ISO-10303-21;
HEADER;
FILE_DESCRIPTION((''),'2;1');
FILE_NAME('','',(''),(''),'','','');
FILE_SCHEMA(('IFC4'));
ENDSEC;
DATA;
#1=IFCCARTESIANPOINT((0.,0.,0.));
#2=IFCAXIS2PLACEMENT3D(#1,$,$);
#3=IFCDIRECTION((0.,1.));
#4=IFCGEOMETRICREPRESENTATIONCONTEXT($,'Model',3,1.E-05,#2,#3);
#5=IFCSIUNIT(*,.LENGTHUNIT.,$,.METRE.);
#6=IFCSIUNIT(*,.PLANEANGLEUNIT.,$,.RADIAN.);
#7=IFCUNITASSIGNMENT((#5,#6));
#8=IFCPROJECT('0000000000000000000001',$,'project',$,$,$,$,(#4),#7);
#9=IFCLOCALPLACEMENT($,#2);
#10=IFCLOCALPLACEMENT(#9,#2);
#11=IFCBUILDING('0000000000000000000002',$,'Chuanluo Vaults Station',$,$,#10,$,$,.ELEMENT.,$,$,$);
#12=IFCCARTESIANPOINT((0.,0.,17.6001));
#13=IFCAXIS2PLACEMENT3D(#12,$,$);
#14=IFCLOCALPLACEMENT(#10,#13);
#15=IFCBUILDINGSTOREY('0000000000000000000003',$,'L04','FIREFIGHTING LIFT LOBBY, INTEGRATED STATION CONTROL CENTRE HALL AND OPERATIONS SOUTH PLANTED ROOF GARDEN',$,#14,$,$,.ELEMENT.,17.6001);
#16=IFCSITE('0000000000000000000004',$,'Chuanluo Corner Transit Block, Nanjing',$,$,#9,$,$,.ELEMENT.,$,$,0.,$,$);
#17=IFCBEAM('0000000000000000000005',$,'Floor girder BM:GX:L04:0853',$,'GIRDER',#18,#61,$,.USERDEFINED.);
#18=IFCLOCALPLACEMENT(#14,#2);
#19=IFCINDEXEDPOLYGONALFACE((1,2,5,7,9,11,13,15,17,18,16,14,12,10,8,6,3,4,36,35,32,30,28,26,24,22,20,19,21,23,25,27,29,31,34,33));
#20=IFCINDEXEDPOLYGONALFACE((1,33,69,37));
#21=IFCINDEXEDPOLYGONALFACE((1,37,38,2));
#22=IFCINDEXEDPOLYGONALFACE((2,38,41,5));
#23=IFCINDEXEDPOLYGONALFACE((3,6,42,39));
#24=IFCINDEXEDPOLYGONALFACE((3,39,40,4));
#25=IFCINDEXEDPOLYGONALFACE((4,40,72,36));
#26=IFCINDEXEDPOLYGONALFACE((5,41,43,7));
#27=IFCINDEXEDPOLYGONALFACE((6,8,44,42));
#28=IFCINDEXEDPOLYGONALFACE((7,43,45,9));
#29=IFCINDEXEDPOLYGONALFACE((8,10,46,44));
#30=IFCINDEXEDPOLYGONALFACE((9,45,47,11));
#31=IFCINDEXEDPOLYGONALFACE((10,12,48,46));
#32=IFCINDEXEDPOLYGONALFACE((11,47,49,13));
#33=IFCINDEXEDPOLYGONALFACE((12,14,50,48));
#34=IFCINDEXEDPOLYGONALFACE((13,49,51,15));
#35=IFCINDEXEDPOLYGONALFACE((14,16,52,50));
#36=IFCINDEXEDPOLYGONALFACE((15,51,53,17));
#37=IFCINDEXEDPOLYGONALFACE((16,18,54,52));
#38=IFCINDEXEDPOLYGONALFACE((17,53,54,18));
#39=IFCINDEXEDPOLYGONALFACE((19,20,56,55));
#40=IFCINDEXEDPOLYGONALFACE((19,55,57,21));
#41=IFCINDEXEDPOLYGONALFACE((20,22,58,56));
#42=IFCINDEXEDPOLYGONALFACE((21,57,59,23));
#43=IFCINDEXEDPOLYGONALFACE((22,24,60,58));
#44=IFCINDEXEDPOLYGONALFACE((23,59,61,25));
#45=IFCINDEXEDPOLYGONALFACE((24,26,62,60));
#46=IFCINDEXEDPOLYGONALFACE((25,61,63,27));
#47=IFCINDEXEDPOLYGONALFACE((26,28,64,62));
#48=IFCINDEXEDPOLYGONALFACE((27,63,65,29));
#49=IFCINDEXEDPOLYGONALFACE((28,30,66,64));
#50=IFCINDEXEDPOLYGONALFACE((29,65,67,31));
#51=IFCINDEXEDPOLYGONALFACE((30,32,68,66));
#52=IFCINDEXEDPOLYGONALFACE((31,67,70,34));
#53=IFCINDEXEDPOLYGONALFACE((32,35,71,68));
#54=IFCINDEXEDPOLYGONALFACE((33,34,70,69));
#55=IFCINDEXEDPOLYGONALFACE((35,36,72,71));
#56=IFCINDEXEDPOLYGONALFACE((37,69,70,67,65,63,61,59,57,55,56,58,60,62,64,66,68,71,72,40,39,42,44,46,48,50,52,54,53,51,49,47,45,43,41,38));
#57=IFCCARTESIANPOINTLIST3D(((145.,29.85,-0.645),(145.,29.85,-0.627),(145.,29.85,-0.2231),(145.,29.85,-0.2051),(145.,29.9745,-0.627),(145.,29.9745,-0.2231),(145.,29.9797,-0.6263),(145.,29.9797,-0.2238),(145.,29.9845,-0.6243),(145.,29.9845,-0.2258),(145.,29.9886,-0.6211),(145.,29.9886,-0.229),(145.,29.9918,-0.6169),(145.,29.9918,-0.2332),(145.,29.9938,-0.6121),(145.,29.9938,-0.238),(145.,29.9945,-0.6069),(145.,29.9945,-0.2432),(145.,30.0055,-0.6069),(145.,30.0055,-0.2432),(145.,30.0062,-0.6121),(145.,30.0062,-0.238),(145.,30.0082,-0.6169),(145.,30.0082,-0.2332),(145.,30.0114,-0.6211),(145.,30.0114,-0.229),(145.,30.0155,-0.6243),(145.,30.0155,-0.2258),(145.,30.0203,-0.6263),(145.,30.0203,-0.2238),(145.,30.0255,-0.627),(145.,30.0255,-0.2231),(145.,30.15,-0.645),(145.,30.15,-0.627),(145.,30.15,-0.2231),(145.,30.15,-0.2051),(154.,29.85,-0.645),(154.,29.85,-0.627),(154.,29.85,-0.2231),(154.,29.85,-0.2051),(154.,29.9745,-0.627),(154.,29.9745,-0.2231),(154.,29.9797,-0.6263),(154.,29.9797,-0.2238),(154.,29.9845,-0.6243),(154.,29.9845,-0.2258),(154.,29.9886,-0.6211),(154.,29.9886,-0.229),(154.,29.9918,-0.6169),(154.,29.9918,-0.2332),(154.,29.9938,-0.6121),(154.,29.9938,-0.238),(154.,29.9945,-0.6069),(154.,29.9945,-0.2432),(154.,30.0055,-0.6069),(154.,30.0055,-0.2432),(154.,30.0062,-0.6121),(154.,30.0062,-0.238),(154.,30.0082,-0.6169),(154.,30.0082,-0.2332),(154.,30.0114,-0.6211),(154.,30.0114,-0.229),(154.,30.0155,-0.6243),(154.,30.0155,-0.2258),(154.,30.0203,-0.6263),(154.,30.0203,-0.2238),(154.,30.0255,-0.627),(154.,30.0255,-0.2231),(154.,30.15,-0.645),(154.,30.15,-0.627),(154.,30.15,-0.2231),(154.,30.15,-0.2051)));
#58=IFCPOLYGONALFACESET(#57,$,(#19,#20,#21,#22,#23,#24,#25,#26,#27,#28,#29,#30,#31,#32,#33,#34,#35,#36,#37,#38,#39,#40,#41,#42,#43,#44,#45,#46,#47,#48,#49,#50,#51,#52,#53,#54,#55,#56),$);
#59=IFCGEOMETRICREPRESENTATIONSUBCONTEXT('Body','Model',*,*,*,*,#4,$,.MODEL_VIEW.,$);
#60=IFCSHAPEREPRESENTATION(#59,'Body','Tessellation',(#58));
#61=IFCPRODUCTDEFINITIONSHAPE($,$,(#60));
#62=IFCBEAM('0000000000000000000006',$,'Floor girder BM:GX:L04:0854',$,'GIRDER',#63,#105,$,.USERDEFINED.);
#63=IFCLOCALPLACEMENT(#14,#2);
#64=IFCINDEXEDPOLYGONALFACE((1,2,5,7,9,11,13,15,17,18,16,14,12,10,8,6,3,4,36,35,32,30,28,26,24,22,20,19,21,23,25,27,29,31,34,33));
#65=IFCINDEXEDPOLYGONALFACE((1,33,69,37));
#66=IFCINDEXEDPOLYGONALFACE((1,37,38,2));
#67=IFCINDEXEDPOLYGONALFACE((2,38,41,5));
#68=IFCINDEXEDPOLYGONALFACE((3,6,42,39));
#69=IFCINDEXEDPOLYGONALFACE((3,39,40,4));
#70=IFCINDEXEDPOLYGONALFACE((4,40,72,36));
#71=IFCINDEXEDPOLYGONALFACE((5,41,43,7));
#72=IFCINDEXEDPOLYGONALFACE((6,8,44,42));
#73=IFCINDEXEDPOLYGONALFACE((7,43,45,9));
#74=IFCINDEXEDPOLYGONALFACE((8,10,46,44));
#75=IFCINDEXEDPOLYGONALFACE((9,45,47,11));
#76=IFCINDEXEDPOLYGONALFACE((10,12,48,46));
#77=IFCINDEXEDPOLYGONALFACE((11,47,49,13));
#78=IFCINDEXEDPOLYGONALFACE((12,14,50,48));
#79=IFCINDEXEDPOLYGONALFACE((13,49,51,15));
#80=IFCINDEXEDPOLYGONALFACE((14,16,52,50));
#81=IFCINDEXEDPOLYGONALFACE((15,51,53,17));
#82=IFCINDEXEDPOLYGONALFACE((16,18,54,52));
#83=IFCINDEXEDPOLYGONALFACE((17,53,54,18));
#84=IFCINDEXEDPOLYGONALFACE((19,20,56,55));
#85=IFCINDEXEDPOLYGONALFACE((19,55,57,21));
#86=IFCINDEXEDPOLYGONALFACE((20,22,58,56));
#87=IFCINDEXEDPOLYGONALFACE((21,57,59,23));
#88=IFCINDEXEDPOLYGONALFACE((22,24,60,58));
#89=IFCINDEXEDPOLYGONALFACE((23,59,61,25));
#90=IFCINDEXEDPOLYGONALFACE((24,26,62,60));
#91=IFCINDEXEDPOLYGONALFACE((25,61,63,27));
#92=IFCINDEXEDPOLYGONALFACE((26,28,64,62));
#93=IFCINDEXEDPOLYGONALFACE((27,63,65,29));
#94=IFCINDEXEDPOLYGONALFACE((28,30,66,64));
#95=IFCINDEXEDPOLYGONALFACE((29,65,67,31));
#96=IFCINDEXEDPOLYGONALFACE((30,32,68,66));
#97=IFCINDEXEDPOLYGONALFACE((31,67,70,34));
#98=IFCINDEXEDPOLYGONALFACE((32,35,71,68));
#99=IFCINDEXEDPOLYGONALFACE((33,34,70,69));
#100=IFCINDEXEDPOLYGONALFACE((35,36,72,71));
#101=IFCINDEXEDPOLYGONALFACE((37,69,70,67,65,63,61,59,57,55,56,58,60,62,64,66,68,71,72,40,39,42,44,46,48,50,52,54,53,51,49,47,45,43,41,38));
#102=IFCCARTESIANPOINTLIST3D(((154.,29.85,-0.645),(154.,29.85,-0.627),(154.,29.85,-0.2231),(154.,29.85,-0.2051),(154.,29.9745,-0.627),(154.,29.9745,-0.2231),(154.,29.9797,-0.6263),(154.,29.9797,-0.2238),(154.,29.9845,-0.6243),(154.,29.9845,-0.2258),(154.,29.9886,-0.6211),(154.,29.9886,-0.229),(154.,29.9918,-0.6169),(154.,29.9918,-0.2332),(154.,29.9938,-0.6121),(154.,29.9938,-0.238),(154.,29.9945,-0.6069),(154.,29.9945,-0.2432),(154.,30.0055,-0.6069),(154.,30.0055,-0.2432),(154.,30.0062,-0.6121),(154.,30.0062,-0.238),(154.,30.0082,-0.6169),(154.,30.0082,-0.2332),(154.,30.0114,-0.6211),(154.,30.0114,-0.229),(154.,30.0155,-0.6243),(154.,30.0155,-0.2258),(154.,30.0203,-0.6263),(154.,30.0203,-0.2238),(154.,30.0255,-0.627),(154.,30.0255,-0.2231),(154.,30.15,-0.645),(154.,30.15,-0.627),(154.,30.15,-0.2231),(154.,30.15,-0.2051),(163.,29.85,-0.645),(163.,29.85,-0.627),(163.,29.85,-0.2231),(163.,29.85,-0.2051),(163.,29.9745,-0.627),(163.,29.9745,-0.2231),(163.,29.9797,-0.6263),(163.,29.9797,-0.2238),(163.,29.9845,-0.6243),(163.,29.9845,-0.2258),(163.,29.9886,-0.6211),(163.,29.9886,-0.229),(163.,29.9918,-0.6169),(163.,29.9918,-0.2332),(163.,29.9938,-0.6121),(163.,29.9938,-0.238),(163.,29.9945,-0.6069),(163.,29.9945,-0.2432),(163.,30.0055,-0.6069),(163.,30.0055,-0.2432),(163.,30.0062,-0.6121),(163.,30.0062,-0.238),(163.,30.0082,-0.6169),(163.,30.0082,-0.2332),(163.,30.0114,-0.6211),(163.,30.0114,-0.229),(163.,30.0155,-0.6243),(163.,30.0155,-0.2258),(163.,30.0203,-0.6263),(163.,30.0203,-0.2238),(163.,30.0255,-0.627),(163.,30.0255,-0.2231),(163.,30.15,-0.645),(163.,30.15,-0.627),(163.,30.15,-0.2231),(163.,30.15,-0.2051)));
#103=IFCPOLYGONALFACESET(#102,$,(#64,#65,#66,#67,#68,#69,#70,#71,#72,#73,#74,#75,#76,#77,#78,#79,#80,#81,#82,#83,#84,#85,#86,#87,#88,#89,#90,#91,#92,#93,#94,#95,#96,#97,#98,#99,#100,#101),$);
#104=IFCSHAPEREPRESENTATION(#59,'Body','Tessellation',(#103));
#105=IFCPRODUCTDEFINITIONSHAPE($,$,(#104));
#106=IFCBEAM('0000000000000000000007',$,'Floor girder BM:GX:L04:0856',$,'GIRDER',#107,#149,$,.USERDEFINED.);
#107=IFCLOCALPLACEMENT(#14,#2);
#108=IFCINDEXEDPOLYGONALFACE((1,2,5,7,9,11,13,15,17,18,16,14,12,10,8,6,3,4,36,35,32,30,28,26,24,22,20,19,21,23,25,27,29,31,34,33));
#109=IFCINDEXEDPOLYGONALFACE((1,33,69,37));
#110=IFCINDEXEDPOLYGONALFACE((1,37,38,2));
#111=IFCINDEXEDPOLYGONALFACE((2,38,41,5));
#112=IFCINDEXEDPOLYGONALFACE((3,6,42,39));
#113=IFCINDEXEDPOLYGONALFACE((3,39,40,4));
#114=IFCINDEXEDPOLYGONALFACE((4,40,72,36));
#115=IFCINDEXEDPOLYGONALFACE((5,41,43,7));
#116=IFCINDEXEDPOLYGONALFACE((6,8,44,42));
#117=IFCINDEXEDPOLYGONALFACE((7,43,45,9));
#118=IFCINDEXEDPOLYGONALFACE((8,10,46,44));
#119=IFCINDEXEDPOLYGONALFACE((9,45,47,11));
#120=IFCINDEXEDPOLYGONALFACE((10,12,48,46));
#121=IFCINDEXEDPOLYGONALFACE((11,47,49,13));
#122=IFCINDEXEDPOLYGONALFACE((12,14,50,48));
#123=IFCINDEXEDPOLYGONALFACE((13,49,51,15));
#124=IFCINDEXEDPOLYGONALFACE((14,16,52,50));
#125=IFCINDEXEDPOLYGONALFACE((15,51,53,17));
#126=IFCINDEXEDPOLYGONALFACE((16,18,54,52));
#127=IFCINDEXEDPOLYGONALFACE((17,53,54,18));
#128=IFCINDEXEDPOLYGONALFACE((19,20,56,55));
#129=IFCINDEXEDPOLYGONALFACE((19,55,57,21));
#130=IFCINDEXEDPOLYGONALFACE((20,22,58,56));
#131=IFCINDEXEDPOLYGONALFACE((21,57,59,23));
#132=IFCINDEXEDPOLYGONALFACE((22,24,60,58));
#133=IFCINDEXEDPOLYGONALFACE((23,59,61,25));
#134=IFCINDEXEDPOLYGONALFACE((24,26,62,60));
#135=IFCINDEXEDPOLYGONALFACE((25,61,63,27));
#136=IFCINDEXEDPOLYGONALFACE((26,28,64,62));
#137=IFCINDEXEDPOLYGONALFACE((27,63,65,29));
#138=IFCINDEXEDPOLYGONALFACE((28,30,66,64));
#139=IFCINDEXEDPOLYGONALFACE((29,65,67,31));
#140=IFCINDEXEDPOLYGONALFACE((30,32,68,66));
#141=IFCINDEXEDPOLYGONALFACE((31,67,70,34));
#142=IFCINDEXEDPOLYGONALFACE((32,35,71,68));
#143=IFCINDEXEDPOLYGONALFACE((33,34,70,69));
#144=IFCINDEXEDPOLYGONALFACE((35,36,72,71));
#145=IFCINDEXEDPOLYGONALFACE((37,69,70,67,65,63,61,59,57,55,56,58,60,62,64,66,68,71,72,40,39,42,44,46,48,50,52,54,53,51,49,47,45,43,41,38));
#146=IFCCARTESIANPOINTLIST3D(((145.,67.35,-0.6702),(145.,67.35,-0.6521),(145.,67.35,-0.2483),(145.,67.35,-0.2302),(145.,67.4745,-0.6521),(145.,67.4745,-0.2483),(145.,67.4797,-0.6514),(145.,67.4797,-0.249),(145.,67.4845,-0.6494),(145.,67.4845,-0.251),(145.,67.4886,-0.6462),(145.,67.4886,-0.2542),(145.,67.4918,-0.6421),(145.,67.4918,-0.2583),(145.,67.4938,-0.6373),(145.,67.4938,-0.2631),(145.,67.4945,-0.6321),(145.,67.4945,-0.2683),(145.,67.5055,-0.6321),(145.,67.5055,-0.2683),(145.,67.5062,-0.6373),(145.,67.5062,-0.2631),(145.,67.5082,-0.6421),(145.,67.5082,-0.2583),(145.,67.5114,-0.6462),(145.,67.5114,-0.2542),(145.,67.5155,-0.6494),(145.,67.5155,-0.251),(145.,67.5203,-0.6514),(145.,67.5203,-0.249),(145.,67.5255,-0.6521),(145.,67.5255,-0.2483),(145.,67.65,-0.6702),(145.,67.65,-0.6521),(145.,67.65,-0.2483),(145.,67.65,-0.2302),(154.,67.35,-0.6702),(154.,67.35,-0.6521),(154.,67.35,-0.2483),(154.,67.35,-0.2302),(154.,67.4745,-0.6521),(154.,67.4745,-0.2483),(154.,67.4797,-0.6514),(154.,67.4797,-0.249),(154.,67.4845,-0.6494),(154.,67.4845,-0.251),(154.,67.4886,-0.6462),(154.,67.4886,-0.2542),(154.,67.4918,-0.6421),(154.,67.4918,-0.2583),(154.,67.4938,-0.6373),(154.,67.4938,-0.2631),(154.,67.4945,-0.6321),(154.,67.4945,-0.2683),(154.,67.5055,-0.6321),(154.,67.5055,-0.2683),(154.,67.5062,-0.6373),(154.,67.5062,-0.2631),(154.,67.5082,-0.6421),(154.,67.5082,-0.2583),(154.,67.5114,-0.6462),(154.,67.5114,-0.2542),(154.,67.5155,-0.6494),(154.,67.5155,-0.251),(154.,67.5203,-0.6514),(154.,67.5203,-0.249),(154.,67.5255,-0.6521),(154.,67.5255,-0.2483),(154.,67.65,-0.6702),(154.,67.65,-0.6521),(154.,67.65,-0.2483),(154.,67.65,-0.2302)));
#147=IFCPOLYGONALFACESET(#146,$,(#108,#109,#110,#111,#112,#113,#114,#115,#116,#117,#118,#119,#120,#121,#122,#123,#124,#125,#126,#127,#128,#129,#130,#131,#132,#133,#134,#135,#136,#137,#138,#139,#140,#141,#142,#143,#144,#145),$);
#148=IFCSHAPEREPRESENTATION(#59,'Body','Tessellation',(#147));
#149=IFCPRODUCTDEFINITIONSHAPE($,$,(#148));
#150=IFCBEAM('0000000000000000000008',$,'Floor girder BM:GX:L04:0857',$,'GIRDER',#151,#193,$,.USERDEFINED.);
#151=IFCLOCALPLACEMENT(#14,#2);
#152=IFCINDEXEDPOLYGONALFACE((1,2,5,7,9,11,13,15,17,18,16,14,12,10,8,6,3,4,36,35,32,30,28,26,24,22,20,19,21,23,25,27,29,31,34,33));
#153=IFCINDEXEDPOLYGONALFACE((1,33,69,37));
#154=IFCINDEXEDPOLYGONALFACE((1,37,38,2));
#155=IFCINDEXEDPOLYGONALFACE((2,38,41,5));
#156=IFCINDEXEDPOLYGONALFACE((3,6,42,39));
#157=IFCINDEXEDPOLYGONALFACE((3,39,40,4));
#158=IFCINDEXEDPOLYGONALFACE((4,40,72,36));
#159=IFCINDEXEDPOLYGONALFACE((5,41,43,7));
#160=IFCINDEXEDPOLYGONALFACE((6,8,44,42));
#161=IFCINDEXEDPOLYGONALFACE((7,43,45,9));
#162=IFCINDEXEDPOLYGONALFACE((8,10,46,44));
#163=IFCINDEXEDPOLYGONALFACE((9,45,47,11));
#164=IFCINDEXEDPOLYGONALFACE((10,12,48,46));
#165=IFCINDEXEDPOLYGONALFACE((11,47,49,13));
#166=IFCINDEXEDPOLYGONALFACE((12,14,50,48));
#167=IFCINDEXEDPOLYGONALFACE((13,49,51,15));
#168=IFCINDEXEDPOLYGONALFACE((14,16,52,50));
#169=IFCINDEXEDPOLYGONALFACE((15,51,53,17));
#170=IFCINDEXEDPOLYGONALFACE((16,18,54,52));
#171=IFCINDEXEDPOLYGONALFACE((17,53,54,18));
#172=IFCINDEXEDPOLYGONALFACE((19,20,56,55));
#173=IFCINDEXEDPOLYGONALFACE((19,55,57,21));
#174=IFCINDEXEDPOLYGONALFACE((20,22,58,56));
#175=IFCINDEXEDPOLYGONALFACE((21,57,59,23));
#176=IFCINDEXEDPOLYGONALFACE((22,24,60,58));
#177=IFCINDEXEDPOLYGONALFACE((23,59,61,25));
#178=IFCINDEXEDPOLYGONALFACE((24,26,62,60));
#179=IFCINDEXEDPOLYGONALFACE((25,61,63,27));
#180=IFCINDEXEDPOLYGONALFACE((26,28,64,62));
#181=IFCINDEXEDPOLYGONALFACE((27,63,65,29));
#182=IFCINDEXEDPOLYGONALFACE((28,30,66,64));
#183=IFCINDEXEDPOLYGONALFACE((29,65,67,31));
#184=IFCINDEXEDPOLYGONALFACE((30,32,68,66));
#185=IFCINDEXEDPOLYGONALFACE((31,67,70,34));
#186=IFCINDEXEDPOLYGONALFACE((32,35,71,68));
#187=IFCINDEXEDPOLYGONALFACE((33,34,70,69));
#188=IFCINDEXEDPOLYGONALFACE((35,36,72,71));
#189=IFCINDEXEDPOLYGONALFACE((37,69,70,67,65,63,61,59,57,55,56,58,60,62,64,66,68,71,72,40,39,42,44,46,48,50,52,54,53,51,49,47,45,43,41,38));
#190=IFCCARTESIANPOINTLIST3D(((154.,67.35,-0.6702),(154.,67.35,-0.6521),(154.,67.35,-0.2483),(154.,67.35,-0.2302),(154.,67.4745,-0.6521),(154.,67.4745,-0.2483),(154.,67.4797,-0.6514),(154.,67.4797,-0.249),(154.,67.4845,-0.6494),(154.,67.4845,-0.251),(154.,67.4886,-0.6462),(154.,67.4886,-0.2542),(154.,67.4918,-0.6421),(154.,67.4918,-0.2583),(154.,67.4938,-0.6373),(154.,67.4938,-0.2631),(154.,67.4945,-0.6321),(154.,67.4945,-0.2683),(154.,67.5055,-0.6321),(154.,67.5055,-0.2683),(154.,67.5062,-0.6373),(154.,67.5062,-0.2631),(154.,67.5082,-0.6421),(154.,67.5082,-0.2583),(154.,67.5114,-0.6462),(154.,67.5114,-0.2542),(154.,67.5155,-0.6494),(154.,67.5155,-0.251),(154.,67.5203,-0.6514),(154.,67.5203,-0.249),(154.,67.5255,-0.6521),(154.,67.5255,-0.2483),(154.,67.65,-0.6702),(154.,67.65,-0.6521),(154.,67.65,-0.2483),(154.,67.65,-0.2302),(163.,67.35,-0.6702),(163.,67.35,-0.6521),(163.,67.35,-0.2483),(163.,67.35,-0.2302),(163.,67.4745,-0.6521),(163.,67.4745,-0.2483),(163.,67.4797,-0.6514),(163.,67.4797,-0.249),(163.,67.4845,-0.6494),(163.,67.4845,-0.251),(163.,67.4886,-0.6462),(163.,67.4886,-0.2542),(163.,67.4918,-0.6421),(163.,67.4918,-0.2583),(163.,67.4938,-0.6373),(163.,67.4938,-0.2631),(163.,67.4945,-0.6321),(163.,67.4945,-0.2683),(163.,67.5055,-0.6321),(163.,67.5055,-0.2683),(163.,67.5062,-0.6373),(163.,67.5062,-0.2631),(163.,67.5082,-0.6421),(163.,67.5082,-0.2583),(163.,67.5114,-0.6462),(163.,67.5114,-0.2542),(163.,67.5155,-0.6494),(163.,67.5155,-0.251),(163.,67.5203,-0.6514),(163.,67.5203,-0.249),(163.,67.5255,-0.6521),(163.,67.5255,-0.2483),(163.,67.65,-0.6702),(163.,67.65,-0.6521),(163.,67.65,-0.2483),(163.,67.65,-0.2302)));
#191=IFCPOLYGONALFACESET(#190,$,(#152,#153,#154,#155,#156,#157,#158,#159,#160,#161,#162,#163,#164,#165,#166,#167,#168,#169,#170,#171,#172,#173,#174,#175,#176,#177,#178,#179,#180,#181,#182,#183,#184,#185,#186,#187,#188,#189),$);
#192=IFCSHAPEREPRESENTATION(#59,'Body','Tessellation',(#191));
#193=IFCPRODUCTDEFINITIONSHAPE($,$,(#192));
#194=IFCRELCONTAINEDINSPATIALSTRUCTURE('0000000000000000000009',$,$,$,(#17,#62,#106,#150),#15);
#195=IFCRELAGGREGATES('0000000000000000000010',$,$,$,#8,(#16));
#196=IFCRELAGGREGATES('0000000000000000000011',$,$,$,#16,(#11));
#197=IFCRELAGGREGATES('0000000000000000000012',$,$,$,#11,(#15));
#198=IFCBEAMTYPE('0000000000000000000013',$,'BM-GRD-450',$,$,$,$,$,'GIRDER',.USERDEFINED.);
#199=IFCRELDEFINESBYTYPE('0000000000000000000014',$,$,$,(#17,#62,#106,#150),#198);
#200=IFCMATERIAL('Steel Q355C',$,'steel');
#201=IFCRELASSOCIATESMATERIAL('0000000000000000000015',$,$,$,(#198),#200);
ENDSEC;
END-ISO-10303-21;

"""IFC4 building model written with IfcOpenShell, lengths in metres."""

from ifc_helpers import new_model, si_unit, direction, frame, origin, origin_2d, place, context, subcontext, project, spatial, i_section, extrude, material, material_profile, profile_set, type_object, element, save


model = new_model("IFC4")

# Units and contexts
model_context = context("Model", 3, precision=1e-05, world=origin(), true_north=direction((0.0, 1.0)))
body_context = subcontext(model_context, "Body", "Model", "MODEL_VIEW")
ifc_project = project(units=[si_unit("LENGTHUNIT", "METRE"), si_unit("PLANEANGLEUNIT", "RADIAN")], contexts=[model_context])

# Site, building, storey
site_placement = place(None, origin())
site = spatial("IfcSite", under=ifc_project, at=site_placement, Name="Chuanluo Corner Transit Block, Nanjing", CompositionType="ELEMENT", RefElevation=0.0)
building_placement = place(site_placement, origin())
building = spatial("IfcBuilding", under=site, at=building_placement, Name="Chuanluo Vaults Station", CompositionType="ELEMENT")
storey_placement = place(building_placement, frame((0.0, 0.0, 17.6001)))
storey = spatial("IfcBuildingStorey", under=building, at=storey_placement, Name="L04", Description="FIREFIGHTING LIFT LOBBY, INTEGRATED STATION CONTROL CENTRE HALL AND OPERATIONS SOUTH PLANTED ROOF GARDEN", CompositionType="ELEMENT", Elevation=17.6001)

# Beams
ifc_material_1 = material(Name="Steel Q355C", Category="steel")
ifc_material_profile_1 = material_profile(ifc_material_1, i_section(OverallWidth=0.3, OverallDepth=0.4399, WebThickness=0.011, FlangeThickness=0.0181, FilletRadius=0.02, at=origin_2d()))
ifc_profile_set_1 = profile_set([ifc_material_profile_1], Name="Steel Q355C")
beam_type_1 = type_object("IfcBeamType", Name="BM-GRD-450", ElementType="GIRDER", PredefinedType="USERDEFINED", material=ifc_profile_set_1)
for number, where, z_axis, x_axis, name in (
    (1, (145.0, 30.0, -0.425), (1.0, 0.0, 0.0), (0.0, 1.0, 0.0), "Floor girder BM:GX:L04:0853"),
    (2, (154.0, 30.0, -0.425), (1.0, 0.0, 0.0), (0.0, 1.0, 0.0), "Floor girder BM:GX:L04:0854"),
    (3, (145.0, 67.5, -0.4502), (1.0, 0.0, 0.0), (0.0, 1.0, 0.0), "Floor girder BM:GX:L04:0856"),
    (4, (154.0, 67.5, -0.4502), (1.0, 0.0, 0.0), (0.0, 1.0, 0.0), "Floor girder BM:GX:L04:0857"),
):
    element("IfcBeam", number, at=place(storey_placement, frame(where, z_axis=z_axis, x_axis=x_axis)), inside=storey, type_object=beam_type_1, Name=name, ObjectType="GIRDER", PredefinedType="USERDEFINED", context=body_context, shape_type="SweptSolid", body=[
        extrude(i_section(OverallWidth=0.3, OverallDepth=0.4399, WebThickness=0.011, FlangeThickness=0.0181, FilletRadius=0.02, at=origin_2d()), origin(), (0.0, 0.0, 1.0), 9.0),
    ])

save(model, "model.ifc")
